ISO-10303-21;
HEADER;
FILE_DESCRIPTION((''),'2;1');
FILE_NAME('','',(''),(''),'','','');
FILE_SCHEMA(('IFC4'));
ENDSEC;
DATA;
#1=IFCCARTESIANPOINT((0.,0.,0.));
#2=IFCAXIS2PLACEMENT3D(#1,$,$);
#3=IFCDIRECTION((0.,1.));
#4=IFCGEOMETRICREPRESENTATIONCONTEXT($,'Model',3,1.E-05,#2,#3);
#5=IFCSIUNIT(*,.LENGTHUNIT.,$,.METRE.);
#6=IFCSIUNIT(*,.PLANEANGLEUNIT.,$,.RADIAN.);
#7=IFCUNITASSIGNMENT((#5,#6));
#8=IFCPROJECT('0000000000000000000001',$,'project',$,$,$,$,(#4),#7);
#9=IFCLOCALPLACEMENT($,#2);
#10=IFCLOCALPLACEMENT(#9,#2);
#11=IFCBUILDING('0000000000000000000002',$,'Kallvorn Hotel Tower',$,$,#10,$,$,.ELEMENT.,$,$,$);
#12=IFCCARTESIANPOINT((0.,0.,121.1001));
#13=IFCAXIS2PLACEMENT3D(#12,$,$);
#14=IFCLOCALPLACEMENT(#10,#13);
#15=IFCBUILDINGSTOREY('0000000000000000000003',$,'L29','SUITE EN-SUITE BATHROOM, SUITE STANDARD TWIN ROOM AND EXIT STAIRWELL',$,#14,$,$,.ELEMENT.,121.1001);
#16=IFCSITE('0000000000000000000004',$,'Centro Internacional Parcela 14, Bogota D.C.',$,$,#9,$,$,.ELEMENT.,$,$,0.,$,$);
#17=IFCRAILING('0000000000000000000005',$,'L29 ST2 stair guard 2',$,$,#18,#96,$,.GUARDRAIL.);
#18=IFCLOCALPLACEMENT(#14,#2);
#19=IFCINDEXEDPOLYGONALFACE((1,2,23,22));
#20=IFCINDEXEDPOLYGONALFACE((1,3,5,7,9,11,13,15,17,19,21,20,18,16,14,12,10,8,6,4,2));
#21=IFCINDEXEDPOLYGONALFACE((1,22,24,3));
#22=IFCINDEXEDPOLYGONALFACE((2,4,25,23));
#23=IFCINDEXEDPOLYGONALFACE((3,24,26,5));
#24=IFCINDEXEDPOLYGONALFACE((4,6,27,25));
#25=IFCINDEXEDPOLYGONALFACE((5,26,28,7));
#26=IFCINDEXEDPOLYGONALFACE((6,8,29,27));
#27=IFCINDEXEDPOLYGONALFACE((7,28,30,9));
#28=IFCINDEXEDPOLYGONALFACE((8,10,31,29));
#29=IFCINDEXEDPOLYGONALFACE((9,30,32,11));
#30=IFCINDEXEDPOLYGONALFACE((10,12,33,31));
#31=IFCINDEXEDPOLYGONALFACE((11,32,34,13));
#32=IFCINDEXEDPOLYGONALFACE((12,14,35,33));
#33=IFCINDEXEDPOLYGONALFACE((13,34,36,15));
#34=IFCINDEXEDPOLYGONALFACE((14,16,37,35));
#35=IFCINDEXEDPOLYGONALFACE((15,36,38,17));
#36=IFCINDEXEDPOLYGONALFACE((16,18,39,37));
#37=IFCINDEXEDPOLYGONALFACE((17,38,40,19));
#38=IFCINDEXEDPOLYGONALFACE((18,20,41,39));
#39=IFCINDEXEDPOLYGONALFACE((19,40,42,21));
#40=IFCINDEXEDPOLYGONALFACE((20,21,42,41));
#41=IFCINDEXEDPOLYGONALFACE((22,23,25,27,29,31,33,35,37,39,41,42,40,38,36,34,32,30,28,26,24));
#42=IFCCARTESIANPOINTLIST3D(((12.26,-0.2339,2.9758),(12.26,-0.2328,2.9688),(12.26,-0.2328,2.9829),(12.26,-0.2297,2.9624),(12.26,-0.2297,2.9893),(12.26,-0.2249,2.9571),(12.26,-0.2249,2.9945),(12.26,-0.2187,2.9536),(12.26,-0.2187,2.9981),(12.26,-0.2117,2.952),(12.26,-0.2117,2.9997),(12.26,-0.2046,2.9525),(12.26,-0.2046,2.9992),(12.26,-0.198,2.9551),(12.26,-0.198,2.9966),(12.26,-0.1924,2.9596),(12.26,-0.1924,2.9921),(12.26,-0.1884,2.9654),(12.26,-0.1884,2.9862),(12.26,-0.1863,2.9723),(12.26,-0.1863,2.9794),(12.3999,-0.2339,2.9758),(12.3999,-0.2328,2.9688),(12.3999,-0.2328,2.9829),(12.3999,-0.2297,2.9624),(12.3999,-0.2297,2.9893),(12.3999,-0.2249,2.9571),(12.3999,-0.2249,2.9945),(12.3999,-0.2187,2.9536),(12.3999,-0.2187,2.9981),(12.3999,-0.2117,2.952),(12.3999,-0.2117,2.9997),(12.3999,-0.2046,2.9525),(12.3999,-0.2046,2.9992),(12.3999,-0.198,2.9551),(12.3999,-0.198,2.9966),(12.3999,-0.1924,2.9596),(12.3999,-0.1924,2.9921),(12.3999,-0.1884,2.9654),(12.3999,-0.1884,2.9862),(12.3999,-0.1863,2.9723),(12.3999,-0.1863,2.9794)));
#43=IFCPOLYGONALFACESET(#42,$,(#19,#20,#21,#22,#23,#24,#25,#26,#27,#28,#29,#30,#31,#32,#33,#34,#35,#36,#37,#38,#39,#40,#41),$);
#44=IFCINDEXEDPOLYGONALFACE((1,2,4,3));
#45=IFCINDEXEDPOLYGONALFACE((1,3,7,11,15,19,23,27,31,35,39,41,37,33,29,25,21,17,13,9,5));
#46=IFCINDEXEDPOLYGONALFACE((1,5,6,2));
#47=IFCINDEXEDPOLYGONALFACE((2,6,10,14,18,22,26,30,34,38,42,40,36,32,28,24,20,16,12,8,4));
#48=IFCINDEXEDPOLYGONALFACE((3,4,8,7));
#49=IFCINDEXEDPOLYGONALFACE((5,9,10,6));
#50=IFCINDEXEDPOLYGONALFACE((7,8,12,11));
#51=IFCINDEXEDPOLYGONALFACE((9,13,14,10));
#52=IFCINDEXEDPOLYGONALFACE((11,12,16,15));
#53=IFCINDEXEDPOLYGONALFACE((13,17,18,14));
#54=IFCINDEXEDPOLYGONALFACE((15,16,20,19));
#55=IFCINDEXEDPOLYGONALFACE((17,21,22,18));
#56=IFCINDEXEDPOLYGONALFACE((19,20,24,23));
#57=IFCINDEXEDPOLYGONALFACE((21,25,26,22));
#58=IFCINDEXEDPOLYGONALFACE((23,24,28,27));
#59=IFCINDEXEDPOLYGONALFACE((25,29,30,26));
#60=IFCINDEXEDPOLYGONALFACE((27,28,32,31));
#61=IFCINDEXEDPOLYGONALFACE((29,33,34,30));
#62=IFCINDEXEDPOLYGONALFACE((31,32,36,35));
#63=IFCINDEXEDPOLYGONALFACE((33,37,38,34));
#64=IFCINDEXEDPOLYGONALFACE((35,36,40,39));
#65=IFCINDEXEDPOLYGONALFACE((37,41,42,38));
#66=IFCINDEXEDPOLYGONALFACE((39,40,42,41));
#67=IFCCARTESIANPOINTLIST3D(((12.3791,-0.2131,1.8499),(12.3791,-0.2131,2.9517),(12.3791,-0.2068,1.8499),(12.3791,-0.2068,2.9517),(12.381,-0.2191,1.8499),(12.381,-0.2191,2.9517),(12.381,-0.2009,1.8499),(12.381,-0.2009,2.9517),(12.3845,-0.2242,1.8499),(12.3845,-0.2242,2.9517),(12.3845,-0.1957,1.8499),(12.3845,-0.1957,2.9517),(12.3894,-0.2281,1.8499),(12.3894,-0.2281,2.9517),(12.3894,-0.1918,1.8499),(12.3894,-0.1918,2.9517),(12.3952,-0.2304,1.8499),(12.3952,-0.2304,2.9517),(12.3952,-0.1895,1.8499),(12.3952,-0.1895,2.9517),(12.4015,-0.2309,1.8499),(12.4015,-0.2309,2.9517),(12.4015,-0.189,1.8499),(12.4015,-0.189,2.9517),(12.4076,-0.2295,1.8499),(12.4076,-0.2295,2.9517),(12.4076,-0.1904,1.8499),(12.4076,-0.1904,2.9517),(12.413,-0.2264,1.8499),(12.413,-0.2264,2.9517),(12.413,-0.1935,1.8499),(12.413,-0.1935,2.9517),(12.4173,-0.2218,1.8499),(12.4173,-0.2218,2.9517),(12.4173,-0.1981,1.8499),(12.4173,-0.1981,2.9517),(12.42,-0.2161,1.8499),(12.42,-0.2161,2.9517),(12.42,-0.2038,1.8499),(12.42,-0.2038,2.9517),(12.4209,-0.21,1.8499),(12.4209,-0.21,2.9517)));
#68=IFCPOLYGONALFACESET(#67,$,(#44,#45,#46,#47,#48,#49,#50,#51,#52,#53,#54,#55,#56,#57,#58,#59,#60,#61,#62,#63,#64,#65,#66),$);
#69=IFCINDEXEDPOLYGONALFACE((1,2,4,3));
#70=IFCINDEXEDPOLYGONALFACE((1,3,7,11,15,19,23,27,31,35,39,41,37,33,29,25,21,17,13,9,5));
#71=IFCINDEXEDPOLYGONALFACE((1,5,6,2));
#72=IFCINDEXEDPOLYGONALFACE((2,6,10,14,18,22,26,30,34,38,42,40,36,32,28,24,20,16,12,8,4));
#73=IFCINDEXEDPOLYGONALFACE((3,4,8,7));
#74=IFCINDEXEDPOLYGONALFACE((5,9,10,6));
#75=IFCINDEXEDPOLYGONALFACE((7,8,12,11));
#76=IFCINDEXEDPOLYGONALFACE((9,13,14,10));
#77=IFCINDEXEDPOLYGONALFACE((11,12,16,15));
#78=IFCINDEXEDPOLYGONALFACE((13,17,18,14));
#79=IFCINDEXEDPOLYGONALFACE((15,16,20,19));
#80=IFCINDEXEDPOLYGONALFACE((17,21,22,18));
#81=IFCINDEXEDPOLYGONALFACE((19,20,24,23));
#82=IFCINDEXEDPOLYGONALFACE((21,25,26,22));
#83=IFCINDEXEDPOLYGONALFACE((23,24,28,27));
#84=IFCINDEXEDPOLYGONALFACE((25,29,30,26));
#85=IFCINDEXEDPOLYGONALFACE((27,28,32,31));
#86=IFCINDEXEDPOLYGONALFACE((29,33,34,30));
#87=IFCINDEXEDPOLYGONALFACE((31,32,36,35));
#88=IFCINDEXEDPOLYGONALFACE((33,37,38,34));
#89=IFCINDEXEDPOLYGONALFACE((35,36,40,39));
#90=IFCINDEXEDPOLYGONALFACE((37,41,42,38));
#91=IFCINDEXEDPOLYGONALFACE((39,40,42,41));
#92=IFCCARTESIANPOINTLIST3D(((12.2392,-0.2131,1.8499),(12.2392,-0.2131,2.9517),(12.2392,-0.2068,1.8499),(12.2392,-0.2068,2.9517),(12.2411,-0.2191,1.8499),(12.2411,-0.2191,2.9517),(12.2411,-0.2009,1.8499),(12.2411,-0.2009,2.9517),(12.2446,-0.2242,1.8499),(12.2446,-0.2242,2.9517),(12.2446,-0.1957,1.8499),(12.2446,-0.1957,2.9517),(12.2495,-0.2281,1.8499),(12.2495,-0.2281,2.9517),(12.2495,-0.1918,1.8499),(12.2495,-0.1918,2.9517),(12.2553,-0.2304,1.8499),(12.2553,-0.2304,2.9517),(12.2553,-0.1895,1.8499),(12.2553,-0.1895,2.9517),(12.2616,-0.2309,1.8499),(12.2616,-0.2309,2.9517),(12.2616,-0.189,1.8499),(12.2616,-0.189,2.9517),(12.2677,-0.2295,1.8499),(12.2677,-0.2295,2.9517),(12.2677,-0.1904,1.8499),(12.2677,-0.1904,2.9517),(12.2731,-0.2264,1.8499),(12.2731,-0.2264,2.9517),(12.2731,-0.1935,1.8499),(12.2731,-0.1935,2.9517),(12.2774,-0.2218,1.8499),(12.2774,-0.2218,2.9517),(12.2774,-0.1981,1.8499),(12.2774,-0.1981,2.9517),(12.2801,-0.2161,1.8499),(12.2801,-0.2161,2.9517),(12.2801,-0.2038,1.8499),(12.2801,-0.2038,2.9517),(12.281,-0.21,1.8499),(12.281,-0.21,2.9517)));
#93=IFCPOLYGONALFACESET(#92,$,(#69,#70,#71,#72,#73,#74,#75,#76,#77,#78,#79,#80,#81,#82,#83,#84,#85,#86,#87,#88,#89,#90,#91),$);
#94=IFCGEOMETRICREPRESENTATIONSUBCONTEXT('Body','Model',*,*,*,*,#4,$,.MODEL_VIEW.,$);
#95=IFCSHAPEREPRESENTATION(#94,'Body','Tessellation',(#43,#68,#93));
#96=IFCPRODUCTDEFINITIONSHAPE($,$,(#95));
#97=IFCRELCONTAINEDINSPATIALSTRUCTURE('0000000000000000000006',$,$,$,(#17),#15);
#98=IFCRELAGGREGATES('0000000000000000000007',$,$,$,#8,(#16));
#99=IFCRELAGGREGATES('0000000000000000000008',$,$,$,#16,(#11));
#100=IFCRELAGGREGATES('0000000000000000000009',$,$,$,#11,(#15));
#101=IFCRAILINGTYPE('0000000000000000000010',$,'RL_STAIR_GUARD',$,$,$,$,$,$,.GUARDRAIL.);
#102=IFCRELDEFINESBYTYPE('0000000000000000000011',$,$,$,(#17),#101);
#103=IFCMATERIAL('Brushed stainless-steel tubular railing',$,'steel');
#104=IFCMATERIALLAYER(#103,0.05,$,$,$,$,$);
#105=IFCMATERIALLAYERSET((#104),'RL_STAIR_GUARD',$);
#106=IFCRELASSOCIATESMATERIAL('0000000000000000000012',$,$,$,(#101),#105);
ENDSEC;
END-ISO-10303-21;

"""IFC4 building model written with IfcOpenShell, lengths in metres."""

from ifc_helpers import new_model, si_unit, direction, frame, origin, origin_2d, place, context, subcontext, project, spatial, circle, extrude, material, layer, layer_set, type_object, element, save


model = new_model("IFC4")

# Units and contexts
model_context = context("Model", 3, precision=1e-05, world=origin(), true_north=direction((0.0, 1.0)))
body_context = subcontext(model_context, "Body", "Model", "MODEL_VIEW")
ifc_project = project(units=[si_unit("LENGTHUNIT", "METRE"), si_unit("PLANEANGLEUNIT", "RADIAN")], contexts=[model_context])

# Site, building, storey
site_placement = place(None, origin())
site = spatial("IfcSite", under=ifc_project, at=site_placement, Name="Centro Internacional Parcela 14, Bogota D.C.", CompositionType="ELEMENT", RefElevation=0.0)
building_placement = place(site_placement, origin())
building = spatial("IfcBuilding", under=site, at=building_placement, Name="Kallvorn Hotel Tower", CompositionType="ELEMENT")
storey_placement = place(building_placement, frame((0.0, 0.0, 121.1001)))
storey = spatial("IfcBuildingStorey", under=building, at=storey_placement, Name="L29", Description="SUITE EN-SUITE BATHROOM, SUITE STANDARD TWIN ROOM AND EXIT STAIRWELL", CompositionType="ELEMENT", Elevation=121.1001)

# Railing
ifc_material_1 = material(Name="Brushed stainless-steel tubular railing", Category="steel")
ifc_layer_1 = layer(ifc_material_1, 0.05)
ifc_layer_set_1 = layer_set([ifc_layer_1], Name="RL_STAIR_GUARD")
railing_type_1 = type_object("IfcRailingType", Name="RL_STAIR_GUARD", PredefinedType="GUARDRAIL", material=ifc_layer_set_1)
railing_1_placement = place(storey_placement, frame((12.3999, -0.21, 1.8499)))
element("IfcRailing", 1, at=railing_1_placement, inside=storey, type_object=railing_type_1, Name="L29 ST2 stair guard 2", PredefinedType="GUARDRAIL", context=body_context, shape_type="SweptSolid", body=[
    extrude(circle(Radius=0.0239, at=origin_2d()), frame((0.0, 0.0, 1.126), z_axis=(-1.0, 0.0, 0.0), x_axis=(0.0, -1.0, 0.0)), (0.0, 0.0, 1.0), 0.1399),
    extrude(circle(Radius=0.021, at=origin_2d()), origin(), (0.0, 0.0, 1.0), 1.1018),
    extrude(circle(Radius=0.021, at=origin_2d()), frame((-0.1399, 0.0, 0.0)), (0.0, 0.0, 1.0), 1.1018),
])

save(model, "model.ifc")
